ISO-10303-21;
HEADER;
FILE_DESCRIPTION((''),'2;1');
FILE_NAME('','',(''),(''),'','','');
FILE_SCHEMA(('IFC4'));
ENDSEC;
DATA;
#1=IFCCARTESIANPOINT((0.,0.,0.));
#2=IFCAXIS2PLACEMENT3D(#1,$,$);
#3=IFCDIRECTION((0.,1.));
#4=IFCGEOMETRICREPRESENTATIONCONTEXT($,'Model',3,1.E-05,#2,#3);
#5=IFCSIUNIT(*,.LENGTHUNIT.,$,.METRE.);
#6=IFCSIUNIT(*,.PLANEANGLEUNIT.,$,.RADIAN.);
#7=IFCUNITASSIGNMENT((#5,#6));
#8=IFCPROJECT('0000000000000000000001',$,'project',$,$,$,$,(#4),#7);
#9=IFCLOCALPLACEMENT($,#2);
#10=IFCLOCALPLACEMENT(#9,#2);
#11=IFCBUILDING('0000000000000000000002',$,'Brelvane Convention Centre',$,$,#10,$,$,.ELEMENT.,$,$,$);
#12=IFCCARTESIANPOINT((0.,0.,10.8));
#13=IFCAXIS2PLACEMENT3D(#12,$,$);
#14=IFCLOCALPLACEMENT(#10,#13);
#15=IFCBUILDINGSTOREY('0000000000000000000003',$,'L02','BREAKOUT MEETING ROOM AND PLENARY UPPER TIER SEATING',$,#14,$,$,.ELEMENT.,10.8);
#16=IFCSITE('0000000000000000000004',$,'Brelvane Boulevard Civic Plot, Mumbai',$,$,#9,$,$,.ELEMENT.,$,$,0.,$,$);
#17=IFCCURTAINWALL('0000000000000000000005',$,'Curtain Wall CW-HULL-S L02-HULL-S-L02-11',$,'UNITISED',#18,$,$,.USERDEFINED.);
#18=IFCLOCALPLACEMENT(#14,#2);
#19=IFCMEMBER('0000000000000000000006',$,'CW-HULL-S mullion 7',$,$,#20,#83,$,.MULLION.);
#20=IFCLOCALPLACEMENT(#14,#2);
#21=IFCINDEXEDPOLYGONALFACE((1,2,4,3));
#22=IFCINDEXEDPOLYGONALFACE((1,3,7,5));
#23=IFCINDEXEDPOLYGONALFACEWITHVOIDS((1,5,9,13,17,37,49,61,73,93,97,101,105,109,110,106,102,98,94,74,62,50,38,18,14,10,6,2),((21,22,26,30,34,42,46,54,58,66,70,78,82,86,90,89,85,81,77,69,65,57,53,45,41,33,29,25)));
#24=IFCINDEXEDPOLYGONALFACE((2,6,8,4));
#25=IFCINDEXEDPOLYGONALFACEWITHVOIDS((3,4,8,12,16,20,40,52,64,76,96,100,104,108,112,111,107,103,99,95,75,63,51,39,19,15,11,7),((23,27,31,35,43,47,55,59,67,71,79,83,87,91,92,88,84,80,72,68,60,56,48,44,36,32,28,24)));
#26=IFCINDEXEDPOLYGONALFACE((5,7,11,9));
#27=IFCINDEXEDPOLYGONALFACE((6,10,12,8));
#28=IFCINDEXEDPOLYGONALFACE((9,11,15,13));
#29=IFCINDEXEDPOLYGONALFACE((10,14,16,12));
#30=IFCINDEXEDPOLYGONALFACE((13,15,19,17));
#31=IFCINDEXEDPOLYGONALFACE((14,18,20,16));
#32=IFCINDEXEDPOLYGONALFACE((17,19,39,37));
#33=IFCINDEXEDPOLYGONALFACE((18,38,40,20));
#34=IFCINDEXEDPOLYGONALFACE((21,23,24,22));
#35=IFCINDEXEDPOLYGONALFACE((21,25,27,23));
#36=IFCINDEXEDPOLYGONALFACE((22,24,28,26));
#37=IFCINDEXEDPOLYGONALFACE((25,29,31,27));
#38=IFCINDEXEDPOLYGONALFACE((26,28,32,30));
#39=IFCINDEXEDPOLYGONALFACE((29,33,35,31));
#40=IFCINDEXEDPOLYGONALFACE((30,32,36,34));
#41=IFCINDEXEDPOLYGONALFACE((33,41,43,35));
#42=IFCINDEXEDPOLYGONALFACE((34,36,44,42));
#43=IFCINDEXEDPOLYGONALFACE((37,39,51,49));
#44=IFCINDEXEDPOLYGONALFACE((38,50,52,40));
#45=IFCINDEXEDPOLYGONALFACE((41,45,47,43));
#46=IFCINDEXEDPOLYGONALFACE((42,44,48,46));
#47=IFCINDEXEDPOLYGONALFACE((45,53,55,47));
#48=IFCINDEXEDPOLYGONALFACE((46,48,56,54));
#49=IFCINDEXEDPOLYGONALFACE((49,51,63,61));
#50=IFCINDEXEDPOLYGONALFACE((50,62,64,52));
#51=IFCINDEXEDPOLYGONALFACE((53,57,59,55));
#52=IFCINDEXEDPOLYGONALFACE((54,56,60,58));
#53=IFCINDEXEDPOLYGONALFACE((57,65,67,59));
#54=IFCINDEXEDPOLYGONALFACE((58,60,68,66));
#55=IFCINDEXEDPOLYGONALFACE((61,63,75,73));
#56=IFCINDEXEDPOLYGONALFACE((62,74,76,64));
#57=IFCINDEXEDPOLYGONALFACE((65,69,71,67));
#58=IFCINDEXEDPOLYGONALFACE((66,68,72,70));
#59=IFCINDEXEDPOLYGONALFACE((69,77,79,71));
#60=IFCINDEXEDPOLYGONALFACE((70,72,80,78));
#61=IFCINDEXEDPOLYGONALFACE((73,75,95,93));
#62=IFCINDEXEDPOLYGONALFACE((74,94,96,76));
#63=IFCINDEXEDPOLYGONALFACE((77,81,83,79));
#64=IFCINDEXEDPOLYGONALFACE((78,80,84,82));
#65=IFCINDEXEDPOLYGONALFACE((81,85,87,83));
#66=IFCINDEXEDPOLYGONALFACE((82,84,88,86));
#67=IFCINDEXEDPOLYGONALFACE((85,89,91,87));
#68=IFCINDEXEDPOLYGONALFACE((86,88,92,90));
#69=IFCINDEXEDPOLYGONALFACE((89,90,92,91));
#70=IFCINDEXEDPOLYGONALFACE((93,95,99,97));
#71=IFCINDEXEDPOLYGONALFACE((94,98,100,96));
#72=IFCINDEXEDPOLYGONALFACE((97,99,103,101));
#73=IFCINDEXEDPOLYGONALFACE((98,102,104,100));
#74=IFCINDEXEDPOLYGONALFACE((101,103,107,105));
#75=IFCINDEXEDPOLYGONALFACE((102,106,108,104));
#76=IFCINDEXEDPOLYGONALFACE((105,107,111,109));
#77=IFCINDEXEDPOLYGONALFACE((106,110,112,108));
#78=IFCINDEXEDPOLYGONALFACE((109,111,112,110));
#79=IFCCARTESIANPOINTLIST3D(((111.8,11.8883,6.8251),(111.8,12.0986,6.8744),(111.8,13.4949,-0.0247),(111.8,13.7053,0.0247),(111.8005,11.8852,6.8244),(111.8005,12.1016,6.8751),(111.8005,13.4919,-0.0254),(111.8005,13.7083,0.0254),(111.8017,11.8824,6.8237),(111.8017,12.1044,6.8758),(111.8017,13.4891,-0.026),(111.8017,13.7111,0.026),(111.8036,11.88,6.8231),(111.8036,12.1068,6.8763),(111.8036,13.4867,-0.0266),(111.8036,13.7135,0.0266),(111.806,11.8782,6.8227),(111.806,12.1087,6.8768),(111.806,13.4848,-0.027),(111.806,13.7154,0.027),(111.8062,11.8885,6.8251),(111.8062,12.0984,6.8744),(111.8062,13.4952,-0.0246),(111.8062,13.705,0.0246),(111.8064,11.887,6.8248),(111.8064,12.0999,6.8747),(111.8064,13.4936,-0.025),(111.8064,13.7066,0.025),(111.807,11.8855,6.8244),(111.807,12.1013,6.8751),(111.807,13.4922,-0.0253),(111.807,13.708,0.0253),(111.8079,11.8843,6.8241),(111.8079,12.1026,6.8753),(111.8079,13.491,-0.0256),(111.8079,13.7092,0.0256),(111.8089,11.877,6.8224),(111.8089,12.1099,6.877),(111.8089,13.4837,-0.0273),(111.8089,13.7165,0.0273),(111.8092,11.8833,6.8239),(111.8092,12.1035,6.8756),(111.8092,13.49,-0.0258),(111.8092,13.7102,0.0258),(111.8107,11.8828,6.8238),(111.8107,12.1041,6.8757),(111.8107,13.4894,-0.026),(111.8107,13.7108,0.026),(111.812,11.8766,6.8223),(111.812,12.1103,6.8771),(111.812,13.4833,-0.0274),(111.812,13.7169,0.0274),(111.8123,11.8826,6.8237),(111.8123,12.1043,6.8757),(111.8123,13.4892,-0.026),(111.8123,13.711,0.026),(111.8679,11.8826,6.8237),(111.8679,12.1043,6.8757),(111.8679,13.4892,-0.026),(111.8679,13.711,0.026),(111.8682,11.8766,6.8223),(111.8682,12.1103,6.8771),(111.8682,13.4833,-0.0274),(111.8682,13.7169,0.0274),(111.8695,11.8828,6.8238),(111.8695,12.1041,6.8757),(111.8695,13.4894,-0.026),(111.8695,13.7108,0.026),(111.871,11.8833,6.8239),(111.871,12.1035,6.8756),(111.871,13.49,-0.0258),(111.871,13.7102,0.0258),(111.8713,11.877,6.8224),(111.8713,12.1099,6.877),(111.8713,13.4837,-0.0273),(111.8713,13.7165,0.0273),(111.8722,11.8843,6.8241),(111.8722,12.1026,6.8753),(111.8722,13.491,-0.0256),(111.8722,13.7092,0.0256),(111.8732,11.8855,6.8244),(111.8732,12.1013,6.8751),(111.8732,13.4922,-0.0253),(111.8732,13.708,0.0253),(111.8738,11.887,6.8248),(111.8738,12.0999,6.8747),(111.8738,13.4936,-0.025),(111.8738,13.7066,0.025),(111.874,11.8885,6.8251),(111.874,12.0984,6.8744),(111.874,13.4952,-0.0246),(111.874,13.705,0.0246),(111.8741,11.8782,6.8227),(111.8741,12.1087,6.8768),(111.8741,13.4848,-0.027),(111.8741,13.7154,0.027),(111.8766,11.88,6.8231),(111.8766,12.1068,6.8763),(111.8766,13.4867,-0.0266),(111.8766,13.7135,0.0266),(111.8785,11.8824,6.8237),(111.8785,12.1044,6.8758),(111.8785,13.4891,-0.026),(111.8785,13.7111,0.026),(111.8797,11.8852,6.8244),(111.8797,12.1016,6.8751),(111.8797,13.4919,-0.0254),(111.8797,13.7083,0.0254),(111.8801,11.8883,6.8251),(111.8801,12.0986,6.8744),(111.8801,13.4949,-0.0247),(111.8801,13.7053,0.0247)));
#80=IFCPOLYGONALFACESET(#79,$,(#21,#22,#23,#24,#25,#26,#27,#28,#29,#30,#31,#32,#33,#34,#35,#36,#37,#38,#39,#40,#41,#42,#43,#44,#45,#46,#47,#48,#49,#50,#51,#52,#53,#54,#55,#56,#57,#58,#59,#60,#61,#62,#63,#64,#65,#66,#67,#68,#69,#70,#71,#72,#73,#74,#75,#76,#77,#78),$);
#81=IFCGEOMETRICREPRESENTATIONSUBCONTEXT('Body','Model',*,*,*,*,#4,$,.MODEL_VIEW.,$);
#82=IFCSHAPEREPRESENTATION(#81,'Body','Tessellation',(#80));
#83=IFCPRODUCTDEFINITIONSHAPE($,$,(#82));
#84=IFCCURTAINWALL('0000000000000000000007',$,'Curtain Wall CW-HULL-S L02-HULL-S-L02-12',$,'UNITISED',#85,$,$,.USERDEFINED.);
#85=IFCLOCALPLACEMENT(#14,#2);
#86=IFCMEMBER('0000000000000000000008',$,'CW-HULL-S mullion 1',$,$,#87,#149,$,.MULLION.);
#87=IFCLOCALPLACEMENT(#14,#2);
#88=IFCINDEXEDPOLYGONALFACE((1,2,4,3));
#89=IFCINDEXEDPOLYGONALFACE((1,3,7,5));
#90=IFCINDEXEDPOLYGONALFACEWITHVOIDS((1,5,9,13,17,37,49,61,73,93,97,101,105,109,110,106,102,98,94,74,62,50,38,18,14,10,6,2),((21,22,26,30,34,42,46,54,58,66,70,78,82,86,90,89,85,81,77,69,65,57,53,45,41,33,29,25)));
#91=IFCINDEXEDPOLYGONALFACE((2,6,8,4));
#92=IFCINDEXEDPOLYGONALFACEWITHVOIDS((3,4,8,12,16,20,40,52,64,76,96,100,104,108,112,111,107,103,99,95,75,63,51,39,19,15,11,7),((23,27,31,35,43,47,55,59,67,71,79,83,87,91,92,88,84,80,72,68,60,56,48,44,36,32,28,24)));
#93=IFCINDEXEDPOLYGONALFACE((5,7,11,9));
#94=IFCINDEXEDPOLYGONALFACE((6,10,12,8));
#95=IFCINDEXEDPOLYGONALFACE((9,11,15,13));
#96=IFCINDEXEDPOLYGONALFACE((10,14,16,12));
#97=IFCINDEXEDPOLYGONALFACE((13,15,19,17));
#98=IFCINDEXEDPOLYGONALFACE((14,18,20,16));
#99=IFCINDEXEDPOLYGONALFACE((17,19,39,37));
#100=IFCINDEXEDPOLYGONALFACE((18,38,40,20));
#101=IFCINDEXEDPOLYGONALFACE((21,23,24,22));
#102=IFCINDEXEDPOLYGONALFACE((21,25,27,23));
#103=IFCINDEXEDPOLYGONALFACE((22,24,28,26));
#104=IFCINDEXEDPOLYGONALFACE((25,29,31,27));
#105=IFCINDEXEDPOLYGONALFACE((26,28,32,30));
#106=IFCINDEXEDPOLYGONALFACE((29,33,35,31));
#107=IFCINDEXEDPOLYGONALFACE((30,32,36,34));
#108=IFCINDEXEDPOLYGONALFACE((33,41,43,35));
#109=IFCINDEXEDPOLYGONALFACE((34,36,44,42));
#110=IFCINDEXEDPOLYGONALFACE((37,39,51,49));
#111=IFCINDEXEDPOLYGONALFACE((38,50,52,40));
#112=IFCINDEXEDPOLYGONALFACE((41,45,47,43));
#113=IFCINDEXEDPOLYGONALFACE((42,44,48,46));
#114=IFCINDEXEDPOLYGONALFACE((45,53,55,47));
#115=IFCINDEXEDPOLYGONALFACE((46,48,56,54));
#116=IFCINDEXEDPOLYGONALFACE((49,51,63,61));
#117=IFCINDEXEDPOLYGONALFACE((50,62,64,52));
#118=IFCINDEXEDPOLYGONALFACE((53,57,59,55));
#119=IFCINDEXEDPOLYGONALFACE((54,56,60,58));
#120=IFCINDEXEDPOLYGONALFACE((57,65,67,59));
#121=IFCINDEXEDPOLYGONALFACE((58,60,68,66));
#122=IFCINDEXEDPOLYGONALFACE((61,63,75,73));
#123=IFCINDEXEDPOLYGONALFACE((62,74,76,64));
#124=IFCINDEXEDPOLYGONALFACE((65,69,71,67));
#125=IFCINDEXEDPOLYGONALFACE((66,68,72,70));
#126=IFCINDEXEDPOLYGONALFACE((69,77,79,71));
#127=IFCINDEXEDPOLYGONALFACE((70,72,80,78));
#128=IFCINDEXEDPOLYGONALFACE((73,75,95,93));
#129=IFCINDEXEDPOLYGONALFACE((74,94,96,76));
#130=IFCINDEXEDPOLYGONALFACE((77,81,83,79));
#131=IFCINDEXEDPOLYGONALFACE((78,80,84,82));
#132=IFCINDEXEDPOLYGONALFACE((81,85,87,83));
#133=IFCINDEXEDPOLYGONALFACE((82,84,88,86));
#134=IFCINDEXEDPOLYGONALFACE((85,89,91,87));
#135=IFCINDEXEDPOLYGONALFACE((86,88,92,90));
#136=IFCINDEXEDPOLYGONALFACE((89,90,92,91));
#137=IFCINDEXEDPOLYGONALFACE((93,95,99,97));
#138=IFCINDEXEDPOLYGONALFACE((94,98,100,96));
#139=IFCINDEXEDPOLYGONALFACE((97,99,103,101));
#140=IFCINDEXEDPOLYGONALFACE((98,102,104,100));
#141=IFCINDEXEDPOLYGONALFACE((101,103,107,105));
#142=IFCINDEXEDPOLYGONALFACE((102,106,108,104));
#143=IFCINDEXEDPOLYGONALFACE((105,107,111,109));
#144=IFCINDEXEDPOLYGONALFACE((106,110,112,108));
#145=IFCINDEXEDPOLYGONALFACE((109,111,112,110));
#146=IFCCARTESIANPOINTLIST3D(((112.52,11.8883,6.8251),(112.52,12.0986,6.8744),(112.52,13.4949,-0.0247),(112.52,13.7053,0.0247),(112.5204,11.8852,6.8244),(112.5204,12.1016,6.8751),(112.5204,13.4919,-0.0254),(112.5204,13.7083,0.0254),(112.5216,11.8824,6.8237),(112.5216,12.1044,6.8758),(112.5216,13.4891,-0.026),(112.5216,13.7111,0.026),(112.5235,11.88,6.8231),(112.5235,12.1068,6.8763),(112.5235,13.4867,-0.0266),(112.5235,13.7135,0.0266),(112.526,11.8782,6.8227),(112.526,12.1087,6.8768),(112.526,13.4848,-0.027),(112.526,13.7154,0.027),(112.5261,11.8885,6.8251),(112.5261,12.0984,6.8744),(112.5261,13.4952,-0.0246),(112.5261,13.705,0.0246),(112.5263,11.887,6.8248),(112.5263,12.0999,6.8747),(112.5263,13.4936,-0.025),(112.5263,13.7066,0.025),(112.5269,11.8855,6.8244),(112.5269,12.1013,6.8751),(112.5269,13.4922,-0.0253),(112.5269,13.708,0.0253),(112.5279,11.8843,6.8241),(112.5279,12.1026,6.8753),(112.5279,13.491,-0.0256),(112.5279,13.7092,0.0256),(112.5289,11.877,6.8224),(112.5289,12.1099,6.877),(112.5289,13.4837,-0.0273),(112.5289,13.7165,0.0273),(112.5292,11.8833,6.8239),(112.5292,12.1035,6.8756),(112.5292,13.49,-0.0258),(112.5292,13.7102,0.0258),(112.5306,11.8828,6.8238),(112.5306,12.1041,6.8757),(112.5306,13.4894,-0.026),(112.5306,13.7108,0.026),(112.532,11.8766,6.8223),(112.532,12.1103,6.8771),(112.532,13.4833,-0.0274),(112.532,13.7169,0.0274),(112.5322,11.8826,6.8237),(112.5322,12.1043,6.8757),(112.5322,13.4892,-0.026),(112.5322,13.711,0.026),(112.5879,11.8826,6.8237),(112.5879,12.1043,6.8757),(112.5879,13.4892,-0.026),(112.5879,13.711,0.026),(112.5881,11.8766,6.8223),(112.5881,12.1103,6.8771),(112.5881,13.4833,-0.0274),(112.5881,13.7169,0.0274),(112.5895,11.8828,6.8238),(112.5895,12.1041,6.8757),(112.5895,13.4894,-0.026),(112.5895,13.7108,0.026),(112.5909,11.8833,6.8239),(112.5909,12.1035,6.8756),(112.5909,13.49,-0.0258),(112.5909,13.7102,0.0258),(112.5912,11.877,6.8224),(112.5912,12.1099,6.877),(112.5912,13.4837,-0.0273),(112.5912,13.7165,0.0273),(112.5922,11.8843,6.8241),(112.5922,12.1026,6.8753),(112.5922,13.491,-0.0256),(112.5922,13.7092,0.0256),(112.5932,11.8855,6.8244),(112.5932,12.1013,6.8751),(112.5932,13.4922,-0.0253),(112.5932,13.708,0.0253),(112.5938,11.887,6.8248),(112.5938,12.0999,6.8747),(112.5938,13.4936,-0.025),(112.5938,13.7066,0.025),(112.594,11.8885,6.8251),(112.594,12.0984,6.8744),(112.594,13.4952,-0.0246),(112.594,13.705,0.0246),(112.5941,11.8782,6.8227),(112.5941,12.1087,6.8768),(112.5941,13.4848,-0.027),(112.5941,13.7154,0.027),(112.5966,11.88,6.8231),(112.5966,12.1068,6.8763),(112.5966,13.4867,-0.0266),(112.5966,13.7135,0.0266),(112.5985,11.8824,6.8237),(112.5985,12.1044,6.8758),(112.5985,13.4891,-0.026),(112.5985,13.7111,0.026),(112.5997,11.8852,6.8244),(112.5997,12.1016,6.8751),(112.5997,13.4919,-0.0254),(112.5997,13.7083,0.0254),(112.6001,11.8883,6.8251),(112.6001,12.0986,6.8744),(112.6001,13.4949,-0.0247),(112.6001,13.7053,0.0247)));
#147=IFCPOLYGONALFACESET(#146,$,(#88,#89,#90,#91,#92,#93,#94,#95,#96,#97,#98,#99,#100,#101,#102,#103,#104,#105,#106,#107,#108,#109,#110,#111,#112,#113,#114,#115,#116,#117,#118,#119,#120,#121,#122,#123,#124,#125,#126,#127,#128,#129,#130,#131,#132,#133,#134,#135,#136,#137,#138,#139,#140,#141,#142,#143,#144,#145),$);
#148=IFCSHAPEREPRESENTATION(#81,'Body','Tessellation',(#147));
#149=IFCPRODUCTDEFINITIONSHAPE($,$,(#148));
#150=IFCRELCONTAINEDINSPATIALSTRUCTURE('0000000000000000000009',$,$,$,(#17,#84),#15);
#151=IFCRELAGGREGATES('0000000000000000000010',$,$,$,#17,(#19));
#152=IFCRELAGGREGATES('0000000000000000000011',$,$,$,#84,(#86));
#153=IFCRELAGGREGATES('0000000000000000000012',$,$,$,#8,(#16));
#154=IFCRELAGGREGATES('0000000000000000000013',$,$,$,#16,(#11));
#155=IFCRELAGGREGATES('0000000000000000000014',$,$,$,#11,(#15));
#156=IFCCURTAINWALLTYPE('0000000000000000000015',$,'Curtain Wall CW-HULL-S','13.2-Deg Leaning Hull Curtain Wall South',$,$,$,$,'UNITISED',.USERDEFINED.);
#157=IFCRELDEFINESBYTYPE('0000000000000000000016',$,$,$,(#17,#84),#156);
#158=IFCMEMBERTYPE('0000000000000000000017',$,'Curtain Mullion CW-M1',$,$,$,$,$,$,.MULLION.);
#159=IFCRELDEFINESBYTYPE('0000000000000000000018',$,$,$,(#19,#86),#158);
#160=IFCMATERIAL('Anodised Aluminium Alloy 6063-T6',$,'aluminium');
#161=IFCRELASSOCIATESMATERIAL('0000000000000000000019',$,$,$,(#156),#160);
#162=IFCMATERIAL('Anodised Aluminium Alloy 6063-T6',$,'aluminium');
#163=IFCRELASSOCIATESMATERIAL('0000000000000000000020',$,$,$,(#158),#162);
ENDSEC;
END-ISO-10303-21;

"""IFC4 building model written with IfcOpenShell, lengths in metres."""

from ifc_helpers import new_model, si_unit, direction, frame, origin, origin_2d, place, context, subcontext, project, spatial, hollow_rectangle, extrude, material, material_profile, profile_set, type_object, element, aggregate, save


model = new_model("IFC4")

# Units and contexts
model_context = context("Model", 3, precision=1e-05, world=origin(), true_north=direction((0.0, 1.0)))
body_context = subcontext(model_context, "Body", "Model", "MODEL_VIEW")
ifc_project = project(units=[si_unit("LENGTHUNIT", "METRE"), si_unit("PLANEANGLEUNIT", "RADIAN")], contexts=[model_context])

# Site, building, storey
site_placement = place(None, origin())
site = spatial("IfcSite", under=ifc_project, at=site_placement, Name="Brelvane Boulevard Civic Plot, Mumbai", CompositionType="ELEMENT", RefElevation=0.0)
building_placement = place(site_placement, origin())
building = spatial("IfcBuilding", under=site, at=building_placement, Name="Brelvane Convention Centre", CompositionType="ELEMENT")
storey_placement = place(building_placement, frame((0.0, 0.0, 10.8)))
storey = spatial("IfcBuildingStorey", under=building, at=storey_placement, Name="L02", Description="BREAKOUT MEETING ROOM AND PLENARY UPPER TIER SEATING", CompositionType="ELEMENT", Elevation=10.8)

# Curtain walls, members
ifc_material_1 = material(Name="Anodised Aluminium Alloy 6063-T6", Category="aluminium")
curtain_wall_type = type_object("IfcCurtainWallType", Name="Curtain Wall CW-HULL-S", Description="13.2-Deg Leaning Hull Curtain Wall South", ElementType="UNITISED", PredefinedType="USERDEFINED", material=ifc_material_1)
curtain_wall_1_placement = place(storey_placement, origin())
curtain_wall_1 = element("IfcCurtainWall", 1, at=curtain_wall_1_placement, inside=storey, type_object=curtain_wall_type, Name="Curtain Wall CW-HULL-S L02-HULL-S-L02-11", ObjectType="UNITISED", PredefinedType="USERDEFINED")
ifc_material_2 = material(Name="Anodised Aluminium Alloy 6063-T6", Category="aluminium")
ifc_material_profile_1 = material_profile(ifc_material_2, hollow_rectangle(XDim=0.0801, YDim=0.24, WallThickness=0.0061, InnerFilletRadius=0.0061, OuterFilletRadius=0.012, at=origin_2d()), Name="ALU-M 240x80x6.0")
ifc_profile_set_1 = profile_set([ifc_material_profile_1], Name="Anodised Aluminium Alloy 6063-T6")
member_type_1 = type_object("IfcMemberType", Name="Curtain Mullion CW-M1", PredefinedType="MULLION", material=ifc_profile_set_1)
member_1_placement = place(storey_placement, frame((111.8401, 13.6001, 0.0), z_axis=(0.0, -0.22836, 0.973577), x_axis=(1.0, 0.0, 0.0)))
member_1 = element("IfcMember", 2, at=member_1_placement, type_object=member_type_1, Name="CW-HULL-S mullion 7", PredefinedType="MULLION", context=body_context, shape_type="SweptSolid", body=[
    extrude(hollow_rectangle(XDim=0.0801, YDim=0.24, WallThickness=0.0061, InnerFilletRadius=0.0061, OuterFilletRadius=0.012, at=origin_2d()), origin(), (0.0, 0.0, 1.0), 7.0356),
])
curtain_wall_2_placement = place(storey_placement, origin())
curtain_wall_2 = element("IfcCurtainWall", 3, at=curtain_wall_2_placement, inside=storey, type_object=curtain_wall_type, Name="Curtain Wall CW-HULL-S L02-HULL-S-L02-12", ObjectType="UNITISED", PredefinedType="USERDEFINED")
member_2_placement = place(storey_placement, frame((112.5601, 13.6001, 0.0), z_axis=(0.0, -0.22836, 0.973577), x_axis=(1.0, 0.0, 0.0)))
member_2 = element("IfcMember", 4, at=member_2_placement, type_object=member_type_1, Name="CW-HULL-S mullion 1", PredefinedType="MULLION", context=body_context, shape_type="SweptSolid", body=[
    extrude(hollow_rectangle(XDim=0.0801, YDim=0.24, WallThickness=0.0061, InnerFilletRadius=0.0061, OuterFilletRadius=0.012, at=origin_2d()), origin(), (0.0, 0.0, 1.0), 7.0356),
])

aggregate(curtain_wall_1, [member_1])
aggregate(curtain_wall_2, [member_2])

save(model, "model.ifc")
